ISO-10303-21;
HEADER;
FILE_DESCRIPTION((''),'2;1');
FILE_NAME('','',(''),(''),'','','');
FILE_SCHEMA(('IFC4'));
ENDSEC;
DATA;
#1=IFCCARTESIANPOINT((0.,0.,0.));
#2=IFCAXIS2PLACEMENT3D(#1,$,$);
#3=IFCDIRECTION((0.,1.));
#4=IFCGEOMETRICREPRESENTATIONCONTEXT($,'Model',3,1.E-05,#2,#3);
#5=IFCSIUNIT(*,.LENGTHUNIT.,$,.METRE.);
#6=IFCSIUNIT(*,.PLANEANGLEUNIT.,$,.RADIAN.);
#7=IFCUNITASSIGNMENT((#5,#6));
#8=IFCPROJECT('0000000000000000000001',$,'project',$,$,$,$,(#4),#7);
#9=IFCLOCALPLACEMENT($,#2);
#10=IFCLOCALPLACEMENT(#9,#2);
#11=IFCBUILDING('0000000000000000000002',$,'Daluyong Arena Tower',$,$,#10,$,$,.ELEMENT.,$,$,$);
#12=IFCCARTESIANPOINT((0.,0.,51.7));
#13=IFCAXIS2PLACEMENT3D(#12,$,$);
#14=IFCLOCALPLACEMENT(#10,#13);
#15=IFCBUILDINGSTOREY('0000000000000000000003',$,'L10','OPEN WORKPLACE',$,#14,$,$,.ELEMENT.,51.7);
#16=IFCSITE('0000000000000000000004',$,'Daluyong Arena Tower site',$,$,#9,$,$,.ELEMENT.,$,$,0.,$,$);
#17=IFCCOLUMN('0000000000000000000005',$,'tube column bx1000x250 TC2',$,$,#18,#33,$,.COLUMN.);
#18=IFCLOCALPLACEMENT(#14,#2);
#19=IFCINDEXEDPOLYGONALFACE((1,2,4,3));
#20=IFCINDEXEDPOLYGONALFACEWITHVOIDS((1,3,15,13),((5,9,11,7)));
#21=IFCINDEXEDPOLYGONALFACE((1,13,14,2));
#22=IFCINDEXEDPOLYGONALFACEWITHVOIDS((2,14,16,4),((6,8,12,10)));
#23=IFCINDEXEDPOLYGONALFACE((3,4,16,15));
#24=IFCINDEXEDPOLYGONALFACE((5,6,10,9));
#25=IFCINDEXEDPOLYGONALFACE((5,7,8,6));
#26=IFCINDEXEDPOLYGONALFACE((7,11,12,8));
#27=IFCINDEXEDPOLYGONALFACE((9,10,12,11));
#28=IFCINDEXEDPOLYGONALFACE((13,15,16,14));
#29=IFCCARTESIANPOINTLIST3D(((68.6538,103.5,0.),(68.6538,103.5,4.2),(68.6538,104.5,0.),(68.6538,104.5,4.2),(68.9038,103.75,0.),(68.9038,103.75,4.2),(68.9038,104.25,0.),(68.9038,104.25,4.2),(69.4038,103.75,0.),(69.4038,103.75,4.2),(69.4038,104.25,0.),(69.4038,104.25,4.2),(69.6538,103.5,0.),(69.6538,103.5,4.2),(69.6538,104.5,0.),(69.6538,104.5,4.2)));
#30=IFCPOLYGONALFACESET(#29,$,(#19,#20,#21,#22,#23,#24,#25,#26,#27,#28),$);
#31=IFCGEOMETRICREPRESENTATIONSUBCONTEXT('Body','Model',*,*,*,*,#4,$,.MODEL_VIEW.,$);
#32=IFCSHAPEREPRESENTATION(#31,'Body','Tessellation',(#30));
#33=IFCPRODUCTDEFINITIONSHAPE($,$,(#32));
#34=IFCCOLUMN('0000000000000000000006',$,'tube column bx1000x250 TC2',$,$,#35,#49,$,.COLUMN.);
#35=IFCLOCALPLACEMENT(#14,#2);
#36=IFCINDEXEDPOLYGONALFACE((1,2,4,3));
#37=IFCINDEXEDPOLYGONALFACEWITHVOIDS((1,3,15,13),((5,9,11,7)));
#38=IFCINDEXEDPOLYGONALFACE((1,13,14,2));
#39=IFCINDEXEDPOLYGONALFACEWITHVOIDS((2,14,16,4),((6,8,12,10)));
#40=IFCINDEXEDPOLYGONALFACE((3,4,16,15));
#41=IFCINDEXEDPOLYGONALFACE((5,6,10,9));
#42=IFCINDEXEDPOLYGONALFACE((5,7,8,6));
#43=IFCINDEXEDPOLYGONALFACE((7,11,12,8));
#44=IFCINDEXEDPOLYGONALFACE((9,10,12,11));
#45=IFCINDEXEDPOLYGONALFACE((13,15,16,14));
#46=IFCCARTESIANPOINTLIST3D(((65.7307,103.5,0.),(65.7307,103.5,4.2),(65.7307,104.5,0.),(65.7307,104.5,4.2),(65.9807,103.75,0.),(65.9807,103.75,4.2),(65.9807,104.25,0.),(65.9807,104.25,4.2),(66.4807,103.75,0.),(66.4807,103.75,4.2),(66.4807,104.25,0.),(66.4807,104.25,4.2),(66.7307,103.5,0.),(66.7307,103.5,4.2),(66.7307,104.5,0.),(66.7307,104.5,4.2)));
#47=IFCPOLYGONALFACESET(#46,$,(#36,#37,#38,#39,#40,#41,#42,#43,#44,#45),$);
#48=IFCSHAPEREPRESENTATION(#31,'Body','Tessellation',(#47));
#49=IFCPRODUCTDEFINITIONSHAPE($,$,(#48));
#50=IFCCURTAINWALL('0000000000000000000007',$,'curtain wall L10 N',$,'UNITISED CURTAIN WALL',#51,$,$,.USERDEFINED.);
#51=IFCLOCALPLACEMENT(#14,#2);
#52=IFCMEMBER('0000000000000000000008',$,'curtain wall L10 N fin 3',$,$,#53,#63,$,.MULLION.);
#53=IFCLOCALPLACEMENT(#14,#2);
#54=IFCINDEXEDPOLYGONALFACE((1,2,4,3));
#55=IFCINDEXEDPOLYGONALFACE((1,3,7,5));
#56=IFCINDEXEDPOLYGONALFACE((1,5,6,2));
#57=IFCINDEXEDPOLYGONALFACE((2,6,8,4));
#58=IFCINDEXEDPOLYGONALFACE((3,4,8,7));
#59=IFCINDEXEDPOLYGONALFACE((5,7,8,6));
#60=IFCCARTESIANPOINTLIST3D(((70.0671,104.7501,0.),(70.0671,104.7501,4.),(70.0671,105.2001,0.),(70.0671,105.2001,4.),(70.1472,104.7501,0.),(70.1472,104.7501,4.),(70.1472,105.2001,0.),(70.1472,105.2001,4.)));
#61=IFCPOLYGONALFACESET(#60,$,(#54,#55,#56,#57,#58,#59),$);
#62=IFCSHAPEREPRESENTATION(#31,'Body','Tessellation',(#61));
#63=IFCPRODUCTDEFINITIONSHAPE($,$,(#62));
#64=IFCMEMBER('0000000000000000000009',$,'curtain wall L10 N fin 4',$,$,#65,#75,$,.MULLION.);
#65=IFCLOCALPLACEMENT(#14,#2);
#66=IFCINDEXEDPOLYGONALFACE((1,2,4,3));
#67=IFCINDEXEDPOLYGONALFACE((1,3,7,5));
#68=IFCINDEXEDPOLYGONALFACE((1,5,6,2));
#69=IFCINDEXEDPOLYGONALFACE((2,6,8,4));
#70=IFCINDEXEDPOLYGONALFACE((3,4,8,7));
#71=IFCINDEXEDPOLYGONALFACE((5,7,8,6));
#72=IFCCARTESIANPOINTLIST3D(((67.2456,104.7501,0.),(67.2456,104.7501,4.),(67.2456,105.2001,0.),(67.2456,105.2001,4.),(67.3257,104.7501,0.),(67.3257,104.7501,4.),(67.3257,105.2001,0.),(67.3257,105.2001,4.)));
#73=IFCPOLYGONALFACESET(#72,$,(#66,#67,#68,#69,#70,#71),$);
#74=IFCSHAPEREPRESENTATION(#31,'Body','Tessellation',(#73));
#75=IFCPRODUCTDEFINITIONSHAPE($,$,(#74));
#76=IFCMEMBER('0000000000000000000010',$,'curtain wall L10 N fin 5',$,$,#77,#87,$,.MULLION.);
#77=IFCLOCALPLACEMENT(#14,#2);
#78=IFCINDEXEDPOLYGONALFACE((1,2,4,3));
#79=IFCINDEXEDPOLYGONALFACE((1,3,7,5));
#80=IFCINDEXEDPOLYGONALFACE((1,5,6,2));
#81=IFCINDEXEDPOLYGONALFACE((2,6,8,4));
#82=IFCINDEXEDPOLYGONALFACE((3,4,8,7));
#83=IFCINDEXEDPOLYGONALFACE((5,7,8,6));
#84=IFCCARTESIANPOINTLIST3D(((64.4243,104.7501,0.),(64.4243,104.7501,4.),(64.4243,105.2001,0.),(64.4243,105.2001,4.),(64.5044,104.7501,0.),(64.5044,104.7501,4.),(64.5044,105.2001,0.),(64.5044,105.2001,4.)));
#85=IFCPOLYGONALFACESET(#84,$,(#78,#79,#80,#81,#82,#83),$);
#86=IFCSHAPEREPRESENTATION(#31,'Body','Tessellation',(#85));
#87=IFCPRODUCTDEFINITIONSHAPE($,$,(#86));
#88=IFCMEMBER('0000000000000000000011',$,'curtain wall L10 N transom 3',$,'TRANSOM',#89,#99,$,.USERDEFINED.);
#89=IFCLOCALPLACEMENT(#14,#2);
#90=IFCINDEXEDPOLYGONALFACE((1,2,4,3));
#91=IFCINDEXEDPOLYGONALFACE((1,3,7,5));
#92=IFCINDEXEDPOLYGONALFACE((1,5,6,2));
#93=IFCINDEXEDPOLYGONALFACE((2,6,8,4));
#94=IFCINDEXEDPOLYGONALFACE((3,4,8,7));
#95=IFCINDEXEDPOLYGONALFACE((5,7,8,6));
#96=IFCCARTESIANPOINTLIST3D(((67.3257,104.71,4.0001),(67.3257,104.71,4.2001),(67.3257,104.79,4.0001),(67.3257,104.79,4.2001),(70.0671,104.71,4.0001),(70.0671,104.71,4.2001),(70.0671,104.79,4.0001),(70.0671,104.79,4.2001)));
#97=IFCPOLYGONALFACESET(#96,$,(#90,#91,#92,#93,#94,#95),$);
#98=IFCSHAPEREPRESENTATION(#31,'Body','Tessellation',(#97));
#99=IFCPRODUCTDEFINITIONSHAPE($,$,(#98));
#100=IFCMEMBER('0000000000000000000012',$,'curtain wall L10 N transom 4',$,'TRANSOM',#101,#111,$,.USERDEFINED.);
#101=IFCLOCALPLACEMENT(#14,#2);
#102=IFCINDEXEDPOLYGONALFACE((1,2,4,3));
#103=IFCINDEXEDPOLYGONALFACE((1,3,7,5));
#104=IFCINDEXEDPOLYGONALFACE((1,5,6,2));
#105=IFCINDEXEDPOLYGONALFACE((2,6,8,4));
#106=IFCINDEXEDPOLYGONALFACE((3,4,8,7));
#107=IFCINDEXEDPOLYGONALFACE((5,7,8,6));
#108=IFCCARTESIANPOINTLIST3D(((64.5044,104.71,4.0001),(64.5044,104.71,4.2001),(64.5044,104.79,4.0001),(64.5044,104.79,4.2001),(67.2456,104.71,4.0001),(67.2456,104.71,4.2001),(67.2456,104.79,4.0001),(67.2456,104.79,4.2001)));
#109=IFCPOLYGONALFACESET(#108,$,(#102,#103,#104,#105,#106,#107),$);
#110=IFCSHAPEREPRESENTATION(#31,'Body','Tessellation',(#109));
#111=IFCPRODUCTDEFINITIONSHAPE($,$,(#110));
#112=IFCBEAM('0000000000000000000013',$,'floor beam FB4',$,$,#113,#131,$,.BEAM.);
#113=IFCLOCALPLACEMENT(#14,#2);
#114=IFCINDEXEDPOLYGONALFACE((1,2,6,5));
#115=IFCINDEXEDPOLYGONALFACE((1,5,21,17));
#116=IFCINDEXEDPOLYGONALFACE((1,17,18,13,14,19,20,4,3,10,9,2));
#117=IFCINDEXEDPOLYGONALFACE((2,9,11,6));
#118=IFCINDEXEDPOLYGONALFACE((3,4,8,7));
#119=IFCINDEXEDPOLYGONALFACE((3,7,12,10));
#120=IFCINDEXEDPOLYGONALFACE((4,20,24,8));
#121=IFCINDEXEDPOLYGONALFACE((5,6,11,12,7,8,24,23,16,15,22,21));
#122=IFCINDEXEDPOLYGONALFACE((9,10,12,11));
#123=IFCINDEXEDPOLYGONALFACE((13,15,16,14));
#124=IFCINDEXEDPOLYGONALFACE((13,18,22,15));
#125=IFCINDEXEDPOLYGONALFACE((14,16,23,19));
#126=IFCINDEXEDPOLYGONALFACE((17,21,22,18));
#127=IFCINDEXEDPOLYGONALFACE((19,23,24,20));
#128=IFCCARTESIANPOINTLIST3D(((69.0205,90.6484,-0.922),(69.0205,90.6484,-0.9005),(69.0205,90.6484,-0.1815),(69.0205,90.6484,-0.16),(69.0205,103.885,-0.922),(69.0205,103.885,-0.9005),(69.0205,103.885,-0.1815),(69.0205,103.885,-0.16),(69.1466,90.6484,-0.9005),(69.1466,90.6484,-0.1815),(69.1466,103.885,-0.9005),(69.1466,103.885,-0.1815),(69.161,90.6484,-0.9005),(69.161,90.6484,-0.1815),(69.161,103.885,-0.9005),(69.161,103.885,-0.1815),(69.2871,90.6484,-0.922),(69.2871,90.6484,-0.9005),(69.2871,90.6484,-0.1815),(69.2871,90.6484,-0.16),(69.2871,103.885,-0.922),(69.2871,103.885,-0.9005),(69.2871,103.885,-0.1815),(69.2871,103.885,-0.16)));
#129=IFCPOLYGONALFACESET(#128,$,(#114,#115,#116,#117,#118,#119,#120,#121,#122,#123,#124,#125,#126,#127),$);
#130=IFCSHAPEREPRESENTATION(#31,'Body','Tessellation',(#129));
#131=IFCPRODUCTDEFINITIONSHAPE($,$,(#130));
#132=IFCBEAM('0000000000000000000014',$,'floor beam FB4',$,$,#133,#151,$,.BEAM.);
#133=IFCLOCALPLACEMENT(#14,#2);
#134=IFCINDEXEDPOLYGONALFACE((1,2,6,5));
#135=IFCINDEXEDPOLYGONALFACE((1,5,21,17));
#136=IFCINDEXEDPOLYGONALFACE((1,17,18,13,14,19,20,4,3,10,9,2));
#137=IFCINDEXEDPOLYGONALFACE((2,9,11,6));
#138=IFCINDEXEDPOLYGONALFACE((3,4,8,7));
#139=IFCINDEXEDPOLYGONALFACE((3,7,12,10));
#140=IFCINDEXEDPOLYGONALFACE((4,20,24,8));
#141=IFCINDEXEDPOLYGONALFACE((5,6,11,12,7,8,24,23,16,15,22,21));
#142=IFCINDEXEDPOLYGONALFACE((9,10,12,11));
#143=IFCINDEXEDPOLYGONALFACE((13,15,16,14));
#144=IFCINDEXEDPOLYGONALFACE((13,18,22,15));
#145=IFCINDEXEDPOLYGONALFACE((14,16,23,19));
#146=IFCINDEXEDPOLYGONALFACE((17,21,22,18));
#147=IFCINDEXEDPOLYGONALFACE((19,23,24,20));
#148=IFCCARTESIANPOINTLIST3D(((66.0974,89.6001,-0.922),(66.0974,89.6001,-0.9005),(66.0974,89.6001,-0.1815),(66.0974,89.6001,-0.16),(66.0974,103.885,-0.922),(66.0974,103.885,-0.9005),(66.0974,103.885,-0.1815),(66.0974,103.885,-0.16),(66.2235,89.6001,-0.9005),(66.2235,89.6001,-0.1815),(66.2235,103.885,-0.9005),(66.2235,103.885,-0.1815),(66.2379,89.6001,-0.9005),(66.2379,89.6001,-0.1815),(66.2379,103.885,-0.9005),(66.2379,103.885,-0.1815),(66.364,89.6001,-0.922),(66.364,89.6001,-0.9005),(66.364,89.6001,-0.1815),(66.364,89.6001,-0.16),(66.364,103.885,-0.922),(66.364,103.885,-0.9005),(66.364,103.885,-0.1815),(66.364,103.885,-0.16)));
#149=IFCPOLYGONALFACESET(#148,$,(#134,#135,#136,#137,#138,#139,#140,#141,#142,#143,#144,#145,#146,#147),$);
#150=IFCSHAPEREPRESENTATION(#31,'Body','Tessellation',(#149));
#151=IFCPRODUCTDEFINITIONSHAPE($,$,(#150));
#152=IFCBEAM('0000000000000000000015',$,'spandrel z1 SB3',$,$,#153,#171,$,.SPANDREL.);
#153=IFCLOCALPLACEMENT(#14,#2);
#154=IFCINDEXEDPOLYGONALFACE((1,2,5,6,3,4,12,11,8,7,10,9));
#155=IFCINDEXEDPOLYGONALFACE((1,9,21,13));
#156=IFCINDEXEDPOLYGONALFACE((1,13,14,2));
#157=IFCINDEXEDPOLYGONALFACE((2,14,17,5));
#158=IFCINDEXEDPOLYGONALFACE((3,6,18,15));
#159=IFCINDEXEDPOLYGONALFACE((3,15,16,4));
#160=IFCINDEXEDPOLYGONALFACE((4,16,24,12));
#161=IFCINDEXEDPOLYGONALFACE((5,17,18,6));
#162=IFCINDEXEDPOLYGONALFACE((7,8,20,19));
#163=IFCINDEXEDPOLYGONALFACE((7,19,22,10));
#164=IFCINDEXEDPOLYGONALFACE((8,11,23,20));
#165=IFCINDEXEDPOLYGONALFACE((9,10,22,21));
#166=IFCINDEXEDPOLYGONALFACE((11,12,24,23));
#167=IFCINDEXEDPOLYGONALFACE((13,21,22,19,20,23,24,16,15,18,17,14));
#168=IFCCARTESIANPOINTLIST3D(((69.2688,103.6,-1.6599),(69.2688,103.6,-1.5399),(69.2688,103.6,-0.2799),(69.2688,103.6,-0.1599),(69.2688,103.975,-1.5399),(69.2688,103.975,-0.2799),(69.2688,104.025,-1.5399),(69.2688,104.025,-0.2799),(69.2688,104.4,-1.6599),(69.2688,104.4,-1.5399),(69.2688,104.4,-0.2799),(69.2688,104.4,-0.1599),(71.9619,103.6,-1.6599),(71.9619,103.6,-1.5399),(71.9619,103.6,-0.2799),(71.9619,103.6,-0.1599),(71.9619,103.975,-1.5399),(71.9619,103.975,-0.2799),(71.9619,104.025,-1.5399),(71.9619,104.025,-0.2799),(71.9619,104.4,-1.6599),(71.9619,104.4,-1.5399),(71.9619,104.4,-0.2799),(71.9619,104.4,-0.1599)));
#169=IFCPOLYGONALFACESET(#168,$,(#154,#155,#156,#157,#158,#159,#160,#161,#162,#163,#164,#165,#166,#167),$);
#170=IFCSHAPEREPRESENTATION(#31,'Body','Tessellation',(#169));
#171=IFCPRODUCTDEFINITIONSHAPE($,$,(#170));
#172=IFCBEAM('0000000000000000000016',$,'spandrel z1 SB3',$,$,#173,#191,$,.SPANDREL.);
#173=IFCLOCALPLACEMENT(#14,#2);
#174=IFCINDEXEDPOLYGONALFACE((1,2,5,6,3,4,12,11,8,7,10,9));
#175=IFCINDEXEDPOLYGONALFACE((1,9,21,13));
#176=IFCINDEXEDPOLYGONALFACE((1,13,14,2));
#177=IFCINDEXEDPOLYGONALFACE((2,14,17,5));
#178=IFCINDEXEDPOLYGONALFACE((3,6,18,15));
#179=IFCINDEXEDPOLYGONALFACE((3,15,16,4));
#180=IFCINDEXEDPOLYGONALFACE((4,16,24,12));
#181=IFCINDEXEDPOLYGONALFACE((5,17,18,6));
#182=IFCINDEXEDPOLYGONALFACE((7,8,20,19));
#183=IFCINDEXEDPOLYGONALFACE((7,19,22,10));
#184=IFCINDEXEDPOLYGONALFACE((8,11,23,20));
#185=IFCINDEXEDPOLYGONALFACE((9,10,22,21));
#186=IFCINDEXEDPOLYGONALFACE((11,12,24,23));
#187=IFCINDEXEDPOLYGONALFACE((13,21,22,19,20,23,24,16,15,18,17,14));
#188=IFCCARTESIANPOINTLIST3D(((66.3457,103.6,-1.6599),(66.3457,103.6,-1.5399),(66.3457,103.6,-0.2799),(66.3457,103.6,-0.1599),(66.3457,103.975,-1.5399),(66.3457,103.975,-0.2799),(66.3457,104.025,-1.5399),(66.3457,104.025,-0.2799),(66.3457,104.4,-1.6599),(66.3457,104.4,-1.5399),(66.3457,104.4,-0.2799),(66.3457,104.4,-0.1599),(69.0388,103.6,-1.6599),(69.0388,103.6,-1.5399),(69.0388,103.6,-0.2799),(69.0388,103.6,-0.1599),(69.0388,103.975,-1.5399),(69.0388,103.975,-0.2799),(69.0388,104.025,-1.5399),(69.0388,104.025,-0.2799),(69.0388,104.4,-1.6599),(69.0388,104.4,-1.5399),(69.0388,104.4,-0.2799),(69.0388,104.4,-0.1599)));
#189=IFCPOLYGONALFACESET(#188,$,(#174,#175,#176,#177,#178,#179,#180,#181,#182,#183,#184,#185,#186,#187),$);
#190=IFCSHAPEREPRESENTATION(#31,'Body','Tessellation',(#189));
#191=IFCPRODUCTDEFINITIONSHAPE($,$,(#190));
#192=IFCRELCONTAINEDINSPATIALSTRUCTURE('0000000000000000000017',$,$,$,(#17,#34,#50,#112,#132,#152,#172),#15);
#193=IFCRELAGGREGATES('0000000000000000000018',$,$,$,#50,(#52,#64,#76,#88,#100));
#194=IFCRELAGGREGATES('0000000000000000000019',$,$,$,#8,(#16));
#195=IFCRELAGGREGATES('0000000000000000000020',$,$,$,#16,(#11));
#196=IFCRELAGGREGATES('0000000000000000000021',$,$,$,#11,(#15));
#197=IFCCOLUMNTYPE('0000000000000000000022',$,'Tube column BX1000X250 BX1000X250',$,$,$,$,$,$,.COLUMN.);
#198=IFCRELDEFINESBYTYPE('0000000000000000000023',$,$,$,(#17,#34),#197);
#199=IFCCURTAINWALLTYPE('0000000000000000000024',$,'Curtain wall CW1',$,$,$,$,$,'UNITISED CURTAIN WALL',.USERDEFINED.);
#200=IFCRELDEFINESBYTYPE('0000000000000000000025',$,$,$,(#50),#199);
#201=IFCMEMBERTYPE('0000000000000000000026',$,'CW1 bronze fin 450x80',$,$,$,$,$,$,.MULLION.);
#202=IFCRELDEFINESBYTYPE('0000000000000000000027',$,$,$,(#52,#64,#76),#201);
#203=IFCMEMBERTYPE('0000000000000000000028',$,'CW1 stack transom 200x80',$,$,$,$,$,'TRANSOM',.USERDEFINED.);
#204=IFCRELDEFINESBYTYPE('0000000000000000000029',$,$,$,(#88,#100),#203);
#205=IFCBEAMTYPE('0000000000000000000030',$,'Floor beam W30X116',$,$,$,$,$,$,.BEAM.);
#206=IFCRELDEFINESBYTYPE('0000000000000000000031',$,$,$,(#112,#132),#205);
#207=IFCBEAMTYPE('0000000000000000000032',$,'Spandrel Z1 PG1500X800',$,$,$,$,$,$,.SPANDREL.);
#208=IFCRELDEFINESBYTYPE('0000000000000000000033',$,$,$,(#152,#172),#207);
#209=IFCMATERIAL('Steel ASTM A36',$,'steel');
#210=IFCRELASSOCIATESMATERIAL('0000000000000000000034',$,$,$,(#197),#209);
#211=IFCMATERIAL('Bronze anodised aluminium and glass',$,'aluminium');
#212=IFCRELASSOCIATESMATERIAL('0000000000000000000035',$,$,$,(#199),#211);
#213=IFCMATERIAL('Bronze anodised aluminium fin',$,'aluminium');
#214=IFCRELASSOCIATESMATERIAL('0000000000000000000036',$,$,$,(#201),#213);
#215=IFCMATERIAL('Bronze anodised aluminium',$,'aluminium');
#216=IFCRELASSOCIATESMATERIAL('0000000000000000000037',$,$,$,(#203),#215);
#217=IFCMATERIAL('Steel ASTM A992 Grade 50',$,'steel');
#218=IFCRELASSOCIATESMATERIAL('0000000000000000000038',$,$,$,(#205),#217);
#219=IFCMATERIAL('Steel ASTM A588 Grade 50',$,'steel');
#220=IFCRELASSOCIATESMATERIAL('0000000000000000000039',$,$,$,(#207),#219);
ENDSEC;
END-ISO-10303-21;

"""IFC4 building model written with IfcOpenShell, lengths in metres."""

from ifc_helpers import new_model, si_unit, direction, frame, origin, origin_2d, place, context, subcontext, project, spatial, rectangle, hollow_rectangle, i_section, extrude, material, material_profile, profile_set, type_object, element, aggregate, save


model = new_model("IFC4")

# Units and contexts
model_context = context("Model", 3, precision=1e-05, world=origin(), true_north=direction((0.0, 1.0)))
body_context = subcontext(model_context, "Body", "Model", "MODEL_VIEW")
ifc_project = project(units=[si_unit("LENGTHUNIT", "METRE"), si_unit("PLANEANGLEUNIT", "RADIAN")], contexts=[model_context])

# Site, building, storey
site_placement = place(None, origin())
site = spatial("IfcSite", under=ifc_project, at=site_placement, Name="Daluyong Arena Tower site", CompositionType="ELEMENT", RefElevation=0.0)
building_placement = place(site_placement, origin())
building = spatial("IfcBuilding", under=site, at=building_placement, Name="Daluyong Arena Tower", CompositionType="ELEMENT")
storey_placement = place(building_placement, frame((0.0, 0.0, 51.7)))
storey = spatial("IfcBuildingStorey", under=building, at=storey_placement, Name="L10", Description="OPEN WORKPLACE", CompositionType="ELEMENT", Elevation=51.7)

# Columns
ifc_material_1 = material(Name="Steel ASTM A36", Category="steel")
ifc_material_profile_1 = material_profile(ifc_material_1, hollow_rectangle(XDim=1.0, YDim=1.0, WallThickness=0.25, at=origin_2d()))
ifc_profile_set_1 = profile_set([ifc_material_profile_1], Name="Steel ASTM A36")
column_type = type_object("IfcColumnType", Name="Tube column BX1000X250 BX1000X250", PredefinedType="COLUMN", material=ifc_profile_set_1)
for number, where, z_axis, x_axis, name in (
    (1, (69.1538, 104.0, 0.0), (0.0, 0.0, 1.0), (1.0, 0.0, 0.0), "tube column bx1000x250 TC2"),
    (2, (66.2307, 104.0, 0.0), (0.0, 0.0, 1.0), (1.0, 0.0, 0.0), "tube column bx1000x250 TC2"),
):
    element("IfcColumn", number, at=place(storey_placement, frame(where, z_axis=z_axis, x_axis=x_axis)), inside=storey, type_object=column_type, Name=name, PredefinedType="COLUMN", context=body_context, shape_type="SweptSolid", body=[
        extrude(hollow_rectangle(XDim=1.0, YDim=1.0, WallThickness=0.25, at=origin_2d()), origin(), (0.0, 0.0, 1.0), 4.2),
    ])

# Curtain wall, members
ifc_material_2 = material(Name="Bronze anodised aluminium and glass", Category="aluminium")
curtain_wall_type = type_object("IfcCurtainWallType", Name="Curtain wall CW1", ElementType="UNITISED CURTAIN WALL", PredefinedType="USERDEFINED", material=ifc_material_2)
curtain_wall_placement = place(storey_placement, origin())
curtain_wall = element("IfcCurtainWall", 3, at=curtain_wall_placement, inside=storey, type_object=curtain_wall_type, Name="curtain wall L10 N", ObjectType="UNITISED CURTAIN WALL", PredefinedType="USERDEFINED")
ifc_material_3 = material(Name="Bronze anodised aluminium fin", Category="aluminium")
ifc_material_profile_2 = material_profile(ifc_material_3, rectangle(XDim=0.45, YDim=0.0801, at=origin_2d()))
ifc_profile_set_2 = profile_set([ifc_material_profile_2], Name="Bronze anodised aluminium fin")
member_type_1 = type_object("IfcMemberType", Name="CW1 bronze fin 450x80", PredefinedType="MULLION", material=ifc_profile_set_2)
member_1_placement = place(storey_placement, frame((70.1072, 104.9751, 0.0), z_axis=(0.0, 0.0, 1.0), x_axis=(0.0, -1.0, 0.0)))
member_1 = element("IfcMember", 4, at=member_1_placement, type_object=member_type_1, Name="curtain wall L10 N fin 3", PredefinedType="MULLION", context=body_context, shape_type="SweptSolid", body=[
    extrude(rectangle(XDim=0.45, YDim=0.0801, at=origin_2d()), origin(), (0.0, 0.0, 1.0), 4.0),
])
member_2_placement = place(storey_placement, frame((67.2856, 104.9751, 0.0), z_axis=(0.0, 0.0, 1.0), x_axis=(0.0, -1.0, 0.0)))
member_2 = element("IfcMember", 5, at=member_2_placement, type_object=member_type_1, Name="curtain wall L10 N fin 4", PredefinedType="MULLION", context=body_context, shape_type="SweptSolid", body=[
    extrude(rectangle(XDim=0.45, YDim=0.0801, at=origin_2d()), origin(), (0.0, 0.0, 1.0), 4.0),
])
member_3_placement = place(storey_placement, frame((64.4644, 104.9751, 0.0), z_axis=(0.0, 0.0, 1.0), x_axis=(0.0, -1.0, 0.0)))
member_3 = element("IfcMember", 6, at=member_3_placement, type_object=member_type_1, Name="curtain wall L10 N fin 5", PredefinedType="MULLION", context=body_context, shape_type="SweptSolid", body=[
    extrude(rectangle(XDim=0.45, YDim=0.0801, at=origin_2d()), origin(), (0.0, 0.0, 1.0), 4.0),
])
ifc_material_4 = material(Name="Bronze anodised aluminium", Category="aluminium")
ifc_material_profile_3 = material_profile(ifc_material_4, rectangle(XDim=0.0801, YDim=0.2, at=origin_2d()))
ifc_profile_set_3 = profile_set([ifc_material_profile_3], Name="Bronze anodised aluminium")
member_type_2 = type_object("IfcMemberType", Name="CW1 stack transom 200x80", ElementType="TRANSOM", PredefinedType="USERDEFINED", material=ifc_profile_set_3)
member_4_placement = place(storey_placement, frame((70.0671, 104.75, 4.1001), z_axis=(-1.0, 0.0, 0.0), x_axis=(0.0, -1.0, 0.0)))
member_4 = element("IfcMember", 7, at=member_4_placement, type_object=member_type_2, Name="curtain wall L10 N transom 3", ObjectType="TRANSOM", PredefinedType="USERDEFINED", context=body_context, shape_type="SweptSolid", body=[
    extrude(rectangle(XDim=0.0801, YDim=0.2, at=origin_2d()), origin(), (0.0, 0.0, 1.0), 2.7415),
])
member_5_placement = place(storey_placement, frame((67.2456, 104.75, 4.1001), z_axis=(-1.0, 0.0, 0.0), x_axis=(0.0, -1.0, 0.0)))
member_5 = element("IfcMember", 8, at=member_5_placement, type_object=member_type_2, Name="curtain wall L10 N transom 4", ObjectType="TRANSOM", PredefinedType="USERDEFINED", context=body_context, shape_type="SweptSolid", body=[
    extrude(rectangle(XDim=0.0801, YDim=0.2, at=origin_2d()), origin(), (0.0, 0.0, 1.0), 2.7412),
])

# Beams
ifc_material_5 = material(Name="Steel ASTM A992 Grade 50", Category="steel")
ifc_material_profile_4 = material_profile(ifc_material_5, i_section(OverallWidth=0.2666, OverallDepth=0.762, WebThickness=0.0144, FlangeThickness=0.0215, at=origin_2d()))
ifc_profile_set_4 = profile_set([ifc_material_profile_4], Name="Steel ASTM A992 Grade 50")
beam_type_1 = type_object("IfcBeamType", Name="Floor beam W30X116", PredefinedType="BEAM", material=ifc_profile_set_4)
beam_1_placement = place(storey_placement, frame((69.1538, 103.885, -0.541), z_axis=(0.0, -1.0, 0.0), x_axis=(1.0, 0.0, 0.0)))
element("IfcBeam", 9, at=beam_1_placement, inside=storey, type_object=beam_type_1, Name="floor beam FB4", PredefinedType="BEAM", context=body_context, shape_type="SweptSolid", body=[
    extrude(i_section(OverallWidth=0.2666, OverallDepth=0.762, WebThickness=0.0144, FlangeThickness=0.0215, at=origin_2d()), origin(), (0.0, 0.0, 1.0), 13.2366),
])
beam_2_placement = place(storey_placement, frame((66.2307, 103.885, -0.541), z_axis=(0.0, -1.0, 0.0), x_axis=(1.0, 0.0, 0.0)))
element("IfcBeam", 10, at=beam_2_placement, inside=storey, type_object=beam_type_1, Name="floor beam FB4", PredefinedType="BEAM", context=body_context, shape_type="SweptSolid", body=[
    extrude(i_section(OverallWidth=0.2666, OverallDepth=0.762, WebThickness=0.0144, FlangeThickness=0.0215, at=origin_2d()), origin(), (0.0, 0.0, 1.0), 14.2849),
])
ifc_material_6 = material(Name="Steel ASTM A588 Grade 50", Category="steel")
ifc_material_profile_5 = material_profile(ifc_material_6, i_section(OverallWidth=0.8, OverallDepth=1.5, WebThickness=0.05, FlangeThickness=0.12, at=origin_2d()))
ifc_profile_set_5 = profile_set([ifc_material_profile_5], Name="Steel ASTM A588 Grade 50")
beam_type_2 = type_object("IfcBeamType", Name="Spandrel Z1 PG1500X800", PredefinedType="SPANDREL", material=ifc_profile_set_5)
for number, where, z_axis, x_axis, name in (
    (11, (71.9619, 104.0, -0.9099), (-1.0, 0.0, 0.0), (0.0, -1.0, 0.0), "spandrel z1 SB3"),
    (12, (69.0388, 104.0, -0.9099), (-1.0, 0.0, 0.0), (0.0, -1.0, 0.0), "spandrel z1 SB3"),
):
    element("IfcBeam", number, at=place(storey_placement, frame(where, z_axis=z_axis, x_axis=x_axis)), inside=storey, type_object=beam_type_2, Name=name, PredefinedType="SPANDREL", context=body_context, shape_type="SweptSolid", body=[
        extrude(i_section(OverallWidth=0.8, OverallDepth=1.5, WebThickness=0.05, FlangeThickness=0.12, at=origin_2d()), origin(), (0.0, 0.0, 1.0), 2.6931),
    ])

aggregate(curtain_wall, [member_1, member_2, member_3, member_4, member_5])

save(model, "model.ifc")
